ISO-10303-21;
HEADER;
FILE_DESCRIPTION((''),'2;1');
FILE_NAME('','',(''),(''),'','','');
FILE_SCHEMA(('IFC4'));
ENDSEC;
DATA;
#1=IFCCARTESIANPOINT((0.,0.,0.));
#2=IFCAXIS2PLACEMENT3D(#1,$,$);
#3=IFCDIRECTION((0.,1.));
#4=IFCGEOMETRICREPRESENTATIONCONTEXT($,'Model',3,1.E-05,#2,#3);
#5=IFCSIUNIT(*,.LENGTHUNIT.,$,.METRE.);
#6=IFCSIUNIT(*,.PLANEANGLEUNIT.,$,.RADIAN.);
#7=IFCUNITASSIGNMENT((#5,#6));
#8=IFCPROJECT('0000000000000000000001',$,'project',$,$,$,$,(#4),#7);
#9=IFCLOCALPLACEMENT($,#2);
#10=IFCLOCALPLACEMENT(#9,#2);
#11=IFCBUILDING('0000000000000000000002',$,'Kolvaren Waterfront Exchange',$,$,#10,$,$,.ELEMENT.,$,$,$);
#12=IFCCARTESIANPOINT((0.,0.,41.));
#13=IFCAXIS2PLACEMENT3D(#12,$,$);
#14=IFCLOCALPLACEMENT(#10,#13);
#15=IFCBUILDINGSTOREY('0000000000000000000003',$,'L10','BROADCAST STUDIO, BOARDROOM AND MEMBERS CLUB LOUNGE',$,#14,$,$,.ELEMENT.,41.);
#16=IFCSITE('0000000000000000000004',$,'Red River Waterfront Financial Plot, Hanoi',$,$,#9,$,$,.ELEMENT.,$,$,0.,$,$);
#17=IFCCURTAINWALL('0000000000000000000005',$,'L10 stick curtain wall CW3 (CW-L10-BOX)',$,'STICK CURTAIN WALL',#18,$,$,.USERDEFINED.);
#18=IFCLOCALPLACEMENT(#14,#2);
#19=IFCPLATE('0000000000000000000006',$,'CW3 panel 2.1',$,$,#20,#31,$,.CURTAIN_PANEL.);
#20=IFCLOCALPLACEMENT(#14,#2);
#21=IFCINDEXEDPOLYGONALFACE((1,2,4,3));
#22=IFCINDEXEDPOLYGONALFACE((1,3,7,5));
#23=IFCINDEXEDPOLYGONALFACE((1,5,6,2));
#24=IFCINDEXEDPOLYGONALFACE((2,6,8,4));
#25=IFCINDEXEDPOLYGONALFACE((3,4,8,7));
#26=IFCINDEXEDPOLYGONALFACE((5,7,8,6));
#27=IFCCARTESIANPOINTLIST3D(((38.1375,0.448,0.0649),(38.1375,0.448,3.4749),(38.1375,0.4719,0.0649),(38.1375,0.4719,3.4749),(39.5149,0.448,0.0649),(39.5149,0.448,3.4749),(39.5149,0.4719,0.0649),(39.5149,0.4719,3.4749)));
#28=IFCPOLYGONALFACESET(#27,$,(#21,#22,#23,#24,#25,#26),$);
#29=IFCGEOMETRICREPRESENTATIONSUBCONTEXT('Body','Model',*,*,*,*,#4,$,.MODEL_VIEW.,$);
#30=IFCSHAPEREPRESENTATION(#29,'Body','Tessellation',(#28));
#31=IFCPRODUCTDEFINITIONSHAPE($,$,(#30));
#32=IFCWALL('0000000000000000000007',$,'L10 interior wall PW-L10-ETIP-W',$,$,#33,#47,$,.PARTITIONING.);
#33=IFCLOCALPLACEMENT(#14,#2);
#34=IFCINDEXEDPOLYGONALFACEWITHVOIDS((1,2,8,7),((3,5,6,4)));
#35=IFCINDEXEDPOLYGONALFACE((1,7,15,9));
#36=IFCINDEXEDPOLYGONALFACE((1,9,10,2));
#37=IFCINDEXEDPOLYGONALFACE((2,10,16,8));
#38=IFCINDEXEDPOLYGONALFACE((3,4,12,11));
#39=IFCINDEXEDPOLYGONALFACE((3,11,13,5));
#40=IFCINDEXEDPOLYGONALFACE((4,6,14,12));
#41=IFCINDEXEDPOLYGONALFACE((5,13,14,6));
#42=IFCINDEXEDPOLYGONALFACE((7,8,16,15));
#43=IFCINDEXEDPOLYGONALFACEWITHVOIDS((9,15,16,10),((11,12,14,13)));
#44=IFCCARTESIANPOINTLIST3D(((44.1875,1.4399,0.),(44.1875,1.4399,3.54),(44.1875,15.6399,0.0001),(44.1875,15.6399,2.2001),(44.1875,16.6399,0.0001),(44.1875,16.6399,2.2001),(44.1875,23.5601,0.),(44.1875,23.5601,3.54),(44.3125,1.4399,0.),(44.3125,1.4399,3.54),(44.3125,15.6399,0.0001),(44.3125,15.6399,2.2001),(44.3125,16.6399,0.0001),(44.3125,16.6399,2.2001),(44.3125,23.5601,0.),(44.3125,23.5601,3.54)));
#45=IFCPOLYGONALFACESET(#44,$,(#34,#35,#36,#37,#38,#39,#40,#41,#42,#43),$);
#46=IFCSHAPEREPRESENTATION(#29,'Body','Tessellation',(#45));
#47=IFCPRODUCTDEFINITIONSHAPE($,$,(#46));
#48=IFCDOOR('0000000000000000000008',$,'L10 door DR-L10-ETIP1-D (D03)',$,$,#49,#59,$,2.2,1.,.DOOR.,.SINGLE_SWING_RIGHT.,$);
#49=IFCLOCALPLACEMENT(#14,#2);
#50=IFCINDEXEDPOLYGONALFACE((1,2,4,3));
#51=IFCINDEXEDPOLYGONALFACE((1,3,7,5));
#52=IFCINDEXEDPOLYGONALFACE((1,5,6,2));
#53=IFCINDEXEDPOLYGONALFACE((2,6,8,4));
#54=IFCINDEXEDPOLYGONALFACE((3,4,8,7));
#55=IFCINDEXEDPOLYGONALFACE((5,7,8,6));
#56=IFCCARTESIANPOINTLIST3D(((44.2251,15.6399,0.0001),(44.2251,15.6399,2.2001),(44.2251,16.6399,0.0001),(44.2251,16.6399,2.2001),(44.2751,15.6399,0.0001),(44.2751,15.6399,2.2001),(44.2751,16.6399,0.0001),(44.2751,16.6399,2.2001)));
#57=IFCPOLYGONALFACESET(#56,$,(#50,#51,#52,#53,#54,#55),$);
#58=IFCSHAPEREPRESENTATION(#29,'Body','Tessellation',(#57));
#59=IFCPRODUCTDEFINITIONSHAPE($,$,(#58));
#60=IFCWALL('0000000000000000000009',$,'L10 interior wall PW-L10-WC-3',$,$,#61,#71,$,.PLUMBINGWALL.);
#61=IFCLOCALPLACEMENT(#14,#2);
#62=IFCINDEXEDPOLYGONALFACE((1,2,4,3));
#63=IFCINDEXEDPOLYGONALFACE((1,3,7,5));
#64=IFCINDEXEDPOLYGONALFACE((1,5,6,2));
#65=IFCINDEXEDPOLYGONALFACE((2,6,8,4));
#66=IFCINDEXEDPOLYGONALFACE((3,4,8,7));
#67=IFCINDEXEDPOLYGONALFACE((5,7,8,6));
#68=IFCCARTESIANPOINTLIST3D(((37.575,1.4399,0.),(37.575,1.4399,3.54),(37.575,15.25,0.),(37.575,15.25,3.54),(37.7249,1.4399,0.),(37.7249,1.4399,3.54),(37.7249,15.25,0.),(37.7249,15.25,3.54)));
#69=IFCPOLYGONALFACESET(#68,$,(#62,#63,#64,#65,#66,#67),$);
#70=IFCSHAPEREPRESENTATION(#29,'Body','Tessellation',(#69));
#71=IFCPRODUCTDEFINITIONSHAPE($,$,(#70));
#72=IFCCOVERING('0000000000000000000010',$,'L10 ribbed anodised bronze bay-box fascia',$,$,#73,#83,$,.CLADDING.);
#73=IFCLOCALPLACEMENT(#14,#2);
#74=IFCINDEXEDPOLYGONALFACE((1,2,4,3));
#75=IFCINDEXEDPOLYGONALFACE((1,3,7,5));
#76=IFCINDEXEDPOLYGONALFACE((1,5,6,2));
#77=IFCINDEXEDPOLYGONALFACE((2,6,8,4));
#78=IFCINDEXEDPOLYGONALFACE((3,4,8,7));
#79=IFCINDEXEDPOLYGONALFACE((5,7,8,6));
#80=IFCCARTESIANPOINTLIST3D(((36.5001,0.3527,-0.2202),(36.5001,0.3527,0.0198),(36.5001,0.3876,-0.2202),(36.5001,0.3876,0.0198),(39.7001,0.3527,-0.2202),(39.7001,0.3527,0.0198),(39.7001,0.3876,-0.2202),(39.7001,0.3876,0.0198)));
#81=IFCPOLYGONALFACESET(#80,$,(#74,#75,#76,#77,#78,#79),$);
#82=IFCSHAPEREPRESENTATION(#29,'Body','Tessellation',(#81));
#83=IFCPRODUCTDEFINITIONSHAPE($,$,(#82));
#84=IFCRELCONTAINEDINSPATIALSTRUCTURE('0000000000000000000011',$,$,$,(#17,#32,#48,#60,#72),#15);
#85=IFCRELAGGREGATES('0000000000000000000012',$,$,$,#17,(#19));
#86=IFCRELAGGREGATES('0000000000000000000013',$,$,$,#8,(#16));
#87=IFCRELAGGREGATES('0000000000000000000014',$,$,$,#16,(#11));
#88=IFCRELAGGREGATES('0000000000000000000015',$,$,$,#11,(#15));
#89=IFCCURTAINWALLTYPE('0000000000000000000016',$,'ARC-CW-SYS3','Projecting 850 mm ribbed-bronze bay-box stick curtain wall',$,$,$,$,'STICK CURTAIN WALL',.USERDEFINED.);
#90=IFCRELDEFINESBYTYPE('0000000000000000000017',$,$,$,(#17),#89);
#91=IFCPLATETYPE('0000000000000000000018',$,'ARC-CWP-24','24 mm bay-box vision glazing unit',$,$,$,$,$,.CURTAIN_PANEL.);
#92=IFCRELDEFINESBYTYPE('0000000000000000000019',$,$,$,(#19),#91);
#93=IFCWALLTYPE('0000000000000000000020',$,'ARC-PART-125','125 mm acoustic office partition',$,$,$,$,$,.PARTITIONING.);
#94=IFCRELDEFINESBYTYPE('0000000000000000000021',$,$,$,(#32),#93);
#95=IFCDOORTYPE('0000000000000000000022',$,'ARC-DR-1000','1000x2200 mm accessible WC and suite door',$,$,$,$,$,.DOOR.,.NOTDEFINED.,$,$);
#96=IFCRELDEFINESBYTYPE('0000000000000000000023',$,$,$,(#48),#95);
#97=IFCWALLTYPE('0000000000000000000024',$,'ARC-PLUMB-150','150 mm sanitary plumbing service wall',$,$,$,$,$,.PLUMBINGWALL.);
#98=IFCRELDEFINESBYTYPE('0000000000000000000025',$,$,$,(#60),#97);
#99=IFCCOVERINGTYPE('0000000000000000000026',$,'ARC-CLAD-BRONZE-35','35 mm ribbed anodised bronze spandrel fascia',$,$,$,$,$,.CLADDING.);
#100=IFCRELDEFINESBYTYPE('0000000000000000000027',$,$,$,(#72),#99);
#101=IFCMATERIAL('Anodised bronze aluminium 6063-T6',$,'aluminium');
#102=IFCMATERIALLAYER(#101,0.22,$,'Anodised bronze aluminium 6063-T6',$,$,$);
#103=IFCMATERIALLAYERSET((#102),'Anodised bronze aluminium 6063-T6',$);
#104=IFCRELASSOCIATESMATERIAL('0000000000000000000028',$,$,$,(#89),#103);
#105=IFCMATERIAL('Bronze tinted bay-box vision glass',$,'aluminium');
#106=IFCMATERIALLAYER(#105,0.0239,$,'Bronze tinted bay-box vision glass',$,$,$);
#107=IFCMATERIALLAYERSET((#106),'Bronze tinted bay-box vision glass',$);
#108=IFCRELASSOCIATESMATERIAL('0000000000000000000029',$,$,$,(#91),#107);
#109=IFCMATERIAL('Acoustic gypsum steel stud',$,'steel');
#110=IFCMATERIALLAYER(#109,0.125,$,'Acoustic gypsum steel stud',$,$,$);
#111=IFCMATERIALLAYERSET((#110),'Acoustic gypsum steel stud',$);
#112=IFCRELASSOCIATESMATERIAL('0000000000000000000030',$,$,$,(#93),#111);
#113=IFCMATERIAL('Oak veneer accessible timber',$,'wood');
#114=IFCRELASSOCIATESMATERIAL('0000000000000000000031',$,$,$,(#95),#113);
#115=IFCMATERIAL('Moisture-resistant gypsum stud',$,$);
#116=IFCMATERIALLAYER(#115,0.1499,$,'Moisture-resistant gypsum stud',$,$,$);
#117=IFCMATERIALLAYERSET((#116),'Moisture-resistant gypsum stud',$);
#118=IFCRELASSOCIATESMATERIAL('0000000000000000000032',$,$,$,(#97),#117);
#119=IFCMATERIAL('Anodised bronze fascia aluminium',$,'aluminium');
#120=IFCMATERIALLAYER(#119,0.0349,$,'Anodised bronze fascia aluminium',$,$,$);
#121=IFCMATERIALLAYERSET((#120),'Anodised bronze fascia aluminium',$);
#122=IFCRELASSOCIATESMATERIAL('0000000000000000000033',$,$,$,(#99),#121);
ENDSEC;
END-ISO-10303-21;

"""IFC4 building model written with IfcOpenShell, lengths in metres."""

from ifc_helpers import new_model, si_unit, direction, frame, frame_2d, origin, origin_with_axes, origin_2d, place, context, subcontext, project, spatial, rectangle, extrude, source, transform, mapped, material, layer, layer_set, type_object, element, fill, aggregate, save


model = new_model("IFC4")

# Units and contexts
model_context = context("Model", 3, precision=1e-05, world=origin(), true_north=direction((0.0, 1.0)))
body_context = subcontext(model_context, "Body", "Model", "MODEL_VIEW")
ifc_project = project(units=[si_unit("LENGTHUNIT", "METRE"), si_unit("PLANEANGLEUNIT", "RADIAN")], contexts=[model_context])

# Site, building, storey
site_placement = place(None, origin())
site = spatial("IfcSite", under=ifc_project, at=site_placement, Name="Red River Waterfront Financial Plot, Hanoi", CompositionType="ELEMENT", RefElevation=0.0)
building_placement = place(site_placement, origin())
building = spatial("IfcBuilding", under=site, at=building_placement, Name="Kolvaren Waterfront Exchange", CompositionType="ELEMENT")
storey_placement = place(building_placement, frame((0.0, 0.0, 41.0)))
storey = spatial("IfcBuildingStorey", under=building, at=storey_placement, Name="L10", Description="BROADCAST STUDIO, BOARDROOM AND MEMBERS CLUB LOUNGE", CompositionType="ELEMENT", Elevation=41.0)

# Curtain wall
ifc_material_1 = material(Name="Anodised bronze aluminium 6063-T6", Category="aluminium")
ifc_layer_1 = layer(ifc_material_1, 0.22, Name="Anodised bronze aluminium 6063-T6")
ifc_layer_set_1 = layer_set([ifc_layer_1], Name="Anodised bronze aluminium 6063-T6")
curtain_wall_type_1 = type_object("IfcCurtainWallType", Name="ARC-CW-SYS3", Description="Projecting 850 mm ribbed-bronze bay-box stick curtain wall", ElementType="STICK CURTAIN WALL", PredefinedType="USERDEFINED", material=ifc_layer_set_1)
curtain_wall_1_placement = place(storey_placement, origin())
curtain_wall_1 = element("IfcCurtainWall", 1, at=curtain_wall_1_placement, inside=storey, type_object=curtain_wall_type_1, Name="L10 stick curtain wall CW3 (CW-L10-BOX)", ObjectType="STICK CURTAIN WALL", PredefinedType="USERDEFINED")

# Plate
ifc_material_2 = material(Name="Bronze tinted bay-box vision glass", Category="aluminium")
ifc_layer_2 = layer(ifc_material_2, 0.0239, Name="Bronze tinted bay-box vision glass")
ifc_layer_set_2 = layer_set([ifc_layer_2], Name="Bronze tinted bay-box vision glass")
plate_type_1 = type_object("IfcPlateType", Name="ARC-CWP-24", Description="24 mm bay-box vision glazing unit", PredefinedType="CURTAIN_PANEL", material=ifc_layer_set_2)
shared_shape_1 = source(origin_with_axes(), body_context, "Body", "SweptSolid", [
    extrude(rectangle(XDim=1.3774, YDim=0.0239, at=origin_2d()), origin(), (0.0, 0.0, 1.0), 3.4099),
])
plate_1_placement = place(storey_placement, frame((38.8262, 0.46, 0.0649), z_axis=(0.0, 0.0, 1.0), x_axis=(1.0, 0.0, 0.0)))
plate_1 = element("IfcPlate", 2, at=plate_1_placement, type_object=plate_type_1, Name="CW3 panel 2.1", PredefinedType="CURTAIN_PANEL", context=body_context, shape_type="MappedRepresentation", body=[
    mapped(shared_shape_1, transform((0.0, 0.0, 0.0), x_axis=(1.0, 0.0, 0.0), y_axis=(0.0, 1.0, 0.0), z_axis=(0.0, 0.0, 1.0), scale=1.0)),
])
aggregate(curtain_wall_1, [plate_1])

# Wall, opening, door
ifc_material_3 = material(Name="Acoustic gypsum steel stud", Category="steel")
ifc_layer_3 = layer(ifc_material_3, 0.125, Name="Acoustic gypsum steel stud")
ifc_layer_set_3 = layer_set([ifc_layer_3], Name="Acoustic gypsum steel stud")
wall_type_1 = type_object("IfcWallType", Name="ARC-PART-125", Description="125 mm acoustic office partition", PredefinedType="PARTITIONING", material=ifc_layer_set_3)
wall_1_placement = place(storey_placement, frame((44.25, 1.4399, 0.0), z_axis=(0.0, 0.0, 1.0), x_axis=(0.0, 1.0, 0.0)))
wall_1 = element("IfcWall", 3, at=wall_1_placement, inside=storey, type_object=wall_type_1, Name="L10 interior wall PW-L10-ETIP-W", PredefinedType="PARTITIONING", context=body_context, shape_type="SweptSolid", body=[
    extrude(rectangle(XDim=22.1201, YDim=0.125, at=frame_2d((11.0601, 0.0))), origin(), (0.0, 0.0, 1.0), 3.54),
])
opening_placement = place(wall_1_placement, frame((14.2, 0.0, 0.0)))
opening = element("IfcOpeningElement", 4, at=opening_placement, cuts=wall_1, PredefinedType="OPENING", context=body_context, shape_type="SweptSolid", body=[
    extrude(rectangle(XDim=1.0, YDim=2.2, at=frame_2d((0.5, 1.1001))), frame((0.0, 0.0725, 0.0), z_axis=(0.0, -1.0, 0.0), x_axis=(1.0, 0.0, 0.0)), (0.0, 0.0, 1.0), 0.145),
])
ifc_material_4 = material(Name="Oak veneer accessible timber", Category="wood")
door_type = type_object("IfcDoorType", Name="ARC-DR-1000", Description="1000x2200 mm accessible WC and suite door", OperationType="NOTDEFINED", PredefinedType="DOOR", material=ifc_material_4)
door_placement = place(opening_placement, origin())
door = element("IfcDoor", 5, at=door_placement, inside=storey, type_object=door_type, Name="L10 door DR-L10-ETIP1-D (D03)", OperationType="SINGLE_SWING_RIGHT", OverallHeight=2.2, OverallWidth=1.0, PredefinedType="DOOR", context=body_context, shape_type="SweptSolid", body=[
    extrude(rectangle(XDim=1.0, YDim=2.2, at=frame_2d((0.5, 1.1001))), frame((0.0, 0.0249, 0.0), z_axis=(0.0, -1.0, 0.0), x_axis=(1.0, 0.0, 0.0)), (0.0, 0.0, 1.0), 0.05),
])
fill(opening, door)

# Wall
ifc_material_5 = material(Name="Moisture-resistant gypsum stud")
ifc_layer_4 = layer(ifc_material_5, 0.1499, Name="Moisture-resistant gypsum stud")
ifc_layer_set_4 = layer_set([ifc_layer_4], Name="Moisture-resistant gypsum stud")
wall_type_2 = type_object("IfcWallType", Name="ARC-PLUMB-150", Description="150 mm sanitary plumbing service wall", PredefinedType="PLUMBINGWALL", material=ifc_layer_set_4)
wall_2_placement = place(storey_placement, frame((37.6499, 1.4399, 0.0), z_axis=(0.0, 0.0, 1.0), x_axis=(0.0, 1.0, 0.0)))
element("IfcWall", 6, at=wall_2_placement, inside=storey, type_object=wall_type_2, Name="L10 interior wall PW-L10-WC-3", PredefinedType="PLUMBINGWALL", context=body_context, shape_type="SweptSolid", body=[
    extrude(rectangle(XDim=13.8101, YDim=0.1499, at=frame_2d((6.905, 0.0))), origin(), (0.0, 0.0, 1.0), 3.54),
])

# Covering
ifc_material_6 = material(Name="Anodised bronze fascia aluminium", Category="aluminium")
ifc_layer_5 = layer(ifc_material_6, 0.0349, Name="Anodised bronze fascia aluminium")
ifc_layer_set_5 = layer_set([ifc_layer_5], Name="Anodised bronze fascia aluminium")
covering_type = type_object("IfcCoveringType", Name="ARC-CLAD-BRONZE-35", Description="35 mm ribbed anodised bronze spandrel fascia", PredefinedType="CLADDING", material=ifc_layer_set_5)
covering_placement = place(storey_placement, frame((38.1001, 0.3701, -0.2202), z_axis=(0.0, 0.0, 1.0), x_axis=(1.0, 0.0, 0.0)))
element("IfcCovering", 7, at=covering_placement, inside=storey, type_object=covering_type, Name="L10 ribbed anodised bronze bay-box fascia", PredefinedType="CLADDING", context=body_context, shape_type="SweptSolid", body=[
    extrude(rectangle(XDim=3.2, YDim=0.0349, at=origin_2d()), origin(), (0.0, 0.0, 1.0), 0.24),
])

save(model, "model.ifc")
